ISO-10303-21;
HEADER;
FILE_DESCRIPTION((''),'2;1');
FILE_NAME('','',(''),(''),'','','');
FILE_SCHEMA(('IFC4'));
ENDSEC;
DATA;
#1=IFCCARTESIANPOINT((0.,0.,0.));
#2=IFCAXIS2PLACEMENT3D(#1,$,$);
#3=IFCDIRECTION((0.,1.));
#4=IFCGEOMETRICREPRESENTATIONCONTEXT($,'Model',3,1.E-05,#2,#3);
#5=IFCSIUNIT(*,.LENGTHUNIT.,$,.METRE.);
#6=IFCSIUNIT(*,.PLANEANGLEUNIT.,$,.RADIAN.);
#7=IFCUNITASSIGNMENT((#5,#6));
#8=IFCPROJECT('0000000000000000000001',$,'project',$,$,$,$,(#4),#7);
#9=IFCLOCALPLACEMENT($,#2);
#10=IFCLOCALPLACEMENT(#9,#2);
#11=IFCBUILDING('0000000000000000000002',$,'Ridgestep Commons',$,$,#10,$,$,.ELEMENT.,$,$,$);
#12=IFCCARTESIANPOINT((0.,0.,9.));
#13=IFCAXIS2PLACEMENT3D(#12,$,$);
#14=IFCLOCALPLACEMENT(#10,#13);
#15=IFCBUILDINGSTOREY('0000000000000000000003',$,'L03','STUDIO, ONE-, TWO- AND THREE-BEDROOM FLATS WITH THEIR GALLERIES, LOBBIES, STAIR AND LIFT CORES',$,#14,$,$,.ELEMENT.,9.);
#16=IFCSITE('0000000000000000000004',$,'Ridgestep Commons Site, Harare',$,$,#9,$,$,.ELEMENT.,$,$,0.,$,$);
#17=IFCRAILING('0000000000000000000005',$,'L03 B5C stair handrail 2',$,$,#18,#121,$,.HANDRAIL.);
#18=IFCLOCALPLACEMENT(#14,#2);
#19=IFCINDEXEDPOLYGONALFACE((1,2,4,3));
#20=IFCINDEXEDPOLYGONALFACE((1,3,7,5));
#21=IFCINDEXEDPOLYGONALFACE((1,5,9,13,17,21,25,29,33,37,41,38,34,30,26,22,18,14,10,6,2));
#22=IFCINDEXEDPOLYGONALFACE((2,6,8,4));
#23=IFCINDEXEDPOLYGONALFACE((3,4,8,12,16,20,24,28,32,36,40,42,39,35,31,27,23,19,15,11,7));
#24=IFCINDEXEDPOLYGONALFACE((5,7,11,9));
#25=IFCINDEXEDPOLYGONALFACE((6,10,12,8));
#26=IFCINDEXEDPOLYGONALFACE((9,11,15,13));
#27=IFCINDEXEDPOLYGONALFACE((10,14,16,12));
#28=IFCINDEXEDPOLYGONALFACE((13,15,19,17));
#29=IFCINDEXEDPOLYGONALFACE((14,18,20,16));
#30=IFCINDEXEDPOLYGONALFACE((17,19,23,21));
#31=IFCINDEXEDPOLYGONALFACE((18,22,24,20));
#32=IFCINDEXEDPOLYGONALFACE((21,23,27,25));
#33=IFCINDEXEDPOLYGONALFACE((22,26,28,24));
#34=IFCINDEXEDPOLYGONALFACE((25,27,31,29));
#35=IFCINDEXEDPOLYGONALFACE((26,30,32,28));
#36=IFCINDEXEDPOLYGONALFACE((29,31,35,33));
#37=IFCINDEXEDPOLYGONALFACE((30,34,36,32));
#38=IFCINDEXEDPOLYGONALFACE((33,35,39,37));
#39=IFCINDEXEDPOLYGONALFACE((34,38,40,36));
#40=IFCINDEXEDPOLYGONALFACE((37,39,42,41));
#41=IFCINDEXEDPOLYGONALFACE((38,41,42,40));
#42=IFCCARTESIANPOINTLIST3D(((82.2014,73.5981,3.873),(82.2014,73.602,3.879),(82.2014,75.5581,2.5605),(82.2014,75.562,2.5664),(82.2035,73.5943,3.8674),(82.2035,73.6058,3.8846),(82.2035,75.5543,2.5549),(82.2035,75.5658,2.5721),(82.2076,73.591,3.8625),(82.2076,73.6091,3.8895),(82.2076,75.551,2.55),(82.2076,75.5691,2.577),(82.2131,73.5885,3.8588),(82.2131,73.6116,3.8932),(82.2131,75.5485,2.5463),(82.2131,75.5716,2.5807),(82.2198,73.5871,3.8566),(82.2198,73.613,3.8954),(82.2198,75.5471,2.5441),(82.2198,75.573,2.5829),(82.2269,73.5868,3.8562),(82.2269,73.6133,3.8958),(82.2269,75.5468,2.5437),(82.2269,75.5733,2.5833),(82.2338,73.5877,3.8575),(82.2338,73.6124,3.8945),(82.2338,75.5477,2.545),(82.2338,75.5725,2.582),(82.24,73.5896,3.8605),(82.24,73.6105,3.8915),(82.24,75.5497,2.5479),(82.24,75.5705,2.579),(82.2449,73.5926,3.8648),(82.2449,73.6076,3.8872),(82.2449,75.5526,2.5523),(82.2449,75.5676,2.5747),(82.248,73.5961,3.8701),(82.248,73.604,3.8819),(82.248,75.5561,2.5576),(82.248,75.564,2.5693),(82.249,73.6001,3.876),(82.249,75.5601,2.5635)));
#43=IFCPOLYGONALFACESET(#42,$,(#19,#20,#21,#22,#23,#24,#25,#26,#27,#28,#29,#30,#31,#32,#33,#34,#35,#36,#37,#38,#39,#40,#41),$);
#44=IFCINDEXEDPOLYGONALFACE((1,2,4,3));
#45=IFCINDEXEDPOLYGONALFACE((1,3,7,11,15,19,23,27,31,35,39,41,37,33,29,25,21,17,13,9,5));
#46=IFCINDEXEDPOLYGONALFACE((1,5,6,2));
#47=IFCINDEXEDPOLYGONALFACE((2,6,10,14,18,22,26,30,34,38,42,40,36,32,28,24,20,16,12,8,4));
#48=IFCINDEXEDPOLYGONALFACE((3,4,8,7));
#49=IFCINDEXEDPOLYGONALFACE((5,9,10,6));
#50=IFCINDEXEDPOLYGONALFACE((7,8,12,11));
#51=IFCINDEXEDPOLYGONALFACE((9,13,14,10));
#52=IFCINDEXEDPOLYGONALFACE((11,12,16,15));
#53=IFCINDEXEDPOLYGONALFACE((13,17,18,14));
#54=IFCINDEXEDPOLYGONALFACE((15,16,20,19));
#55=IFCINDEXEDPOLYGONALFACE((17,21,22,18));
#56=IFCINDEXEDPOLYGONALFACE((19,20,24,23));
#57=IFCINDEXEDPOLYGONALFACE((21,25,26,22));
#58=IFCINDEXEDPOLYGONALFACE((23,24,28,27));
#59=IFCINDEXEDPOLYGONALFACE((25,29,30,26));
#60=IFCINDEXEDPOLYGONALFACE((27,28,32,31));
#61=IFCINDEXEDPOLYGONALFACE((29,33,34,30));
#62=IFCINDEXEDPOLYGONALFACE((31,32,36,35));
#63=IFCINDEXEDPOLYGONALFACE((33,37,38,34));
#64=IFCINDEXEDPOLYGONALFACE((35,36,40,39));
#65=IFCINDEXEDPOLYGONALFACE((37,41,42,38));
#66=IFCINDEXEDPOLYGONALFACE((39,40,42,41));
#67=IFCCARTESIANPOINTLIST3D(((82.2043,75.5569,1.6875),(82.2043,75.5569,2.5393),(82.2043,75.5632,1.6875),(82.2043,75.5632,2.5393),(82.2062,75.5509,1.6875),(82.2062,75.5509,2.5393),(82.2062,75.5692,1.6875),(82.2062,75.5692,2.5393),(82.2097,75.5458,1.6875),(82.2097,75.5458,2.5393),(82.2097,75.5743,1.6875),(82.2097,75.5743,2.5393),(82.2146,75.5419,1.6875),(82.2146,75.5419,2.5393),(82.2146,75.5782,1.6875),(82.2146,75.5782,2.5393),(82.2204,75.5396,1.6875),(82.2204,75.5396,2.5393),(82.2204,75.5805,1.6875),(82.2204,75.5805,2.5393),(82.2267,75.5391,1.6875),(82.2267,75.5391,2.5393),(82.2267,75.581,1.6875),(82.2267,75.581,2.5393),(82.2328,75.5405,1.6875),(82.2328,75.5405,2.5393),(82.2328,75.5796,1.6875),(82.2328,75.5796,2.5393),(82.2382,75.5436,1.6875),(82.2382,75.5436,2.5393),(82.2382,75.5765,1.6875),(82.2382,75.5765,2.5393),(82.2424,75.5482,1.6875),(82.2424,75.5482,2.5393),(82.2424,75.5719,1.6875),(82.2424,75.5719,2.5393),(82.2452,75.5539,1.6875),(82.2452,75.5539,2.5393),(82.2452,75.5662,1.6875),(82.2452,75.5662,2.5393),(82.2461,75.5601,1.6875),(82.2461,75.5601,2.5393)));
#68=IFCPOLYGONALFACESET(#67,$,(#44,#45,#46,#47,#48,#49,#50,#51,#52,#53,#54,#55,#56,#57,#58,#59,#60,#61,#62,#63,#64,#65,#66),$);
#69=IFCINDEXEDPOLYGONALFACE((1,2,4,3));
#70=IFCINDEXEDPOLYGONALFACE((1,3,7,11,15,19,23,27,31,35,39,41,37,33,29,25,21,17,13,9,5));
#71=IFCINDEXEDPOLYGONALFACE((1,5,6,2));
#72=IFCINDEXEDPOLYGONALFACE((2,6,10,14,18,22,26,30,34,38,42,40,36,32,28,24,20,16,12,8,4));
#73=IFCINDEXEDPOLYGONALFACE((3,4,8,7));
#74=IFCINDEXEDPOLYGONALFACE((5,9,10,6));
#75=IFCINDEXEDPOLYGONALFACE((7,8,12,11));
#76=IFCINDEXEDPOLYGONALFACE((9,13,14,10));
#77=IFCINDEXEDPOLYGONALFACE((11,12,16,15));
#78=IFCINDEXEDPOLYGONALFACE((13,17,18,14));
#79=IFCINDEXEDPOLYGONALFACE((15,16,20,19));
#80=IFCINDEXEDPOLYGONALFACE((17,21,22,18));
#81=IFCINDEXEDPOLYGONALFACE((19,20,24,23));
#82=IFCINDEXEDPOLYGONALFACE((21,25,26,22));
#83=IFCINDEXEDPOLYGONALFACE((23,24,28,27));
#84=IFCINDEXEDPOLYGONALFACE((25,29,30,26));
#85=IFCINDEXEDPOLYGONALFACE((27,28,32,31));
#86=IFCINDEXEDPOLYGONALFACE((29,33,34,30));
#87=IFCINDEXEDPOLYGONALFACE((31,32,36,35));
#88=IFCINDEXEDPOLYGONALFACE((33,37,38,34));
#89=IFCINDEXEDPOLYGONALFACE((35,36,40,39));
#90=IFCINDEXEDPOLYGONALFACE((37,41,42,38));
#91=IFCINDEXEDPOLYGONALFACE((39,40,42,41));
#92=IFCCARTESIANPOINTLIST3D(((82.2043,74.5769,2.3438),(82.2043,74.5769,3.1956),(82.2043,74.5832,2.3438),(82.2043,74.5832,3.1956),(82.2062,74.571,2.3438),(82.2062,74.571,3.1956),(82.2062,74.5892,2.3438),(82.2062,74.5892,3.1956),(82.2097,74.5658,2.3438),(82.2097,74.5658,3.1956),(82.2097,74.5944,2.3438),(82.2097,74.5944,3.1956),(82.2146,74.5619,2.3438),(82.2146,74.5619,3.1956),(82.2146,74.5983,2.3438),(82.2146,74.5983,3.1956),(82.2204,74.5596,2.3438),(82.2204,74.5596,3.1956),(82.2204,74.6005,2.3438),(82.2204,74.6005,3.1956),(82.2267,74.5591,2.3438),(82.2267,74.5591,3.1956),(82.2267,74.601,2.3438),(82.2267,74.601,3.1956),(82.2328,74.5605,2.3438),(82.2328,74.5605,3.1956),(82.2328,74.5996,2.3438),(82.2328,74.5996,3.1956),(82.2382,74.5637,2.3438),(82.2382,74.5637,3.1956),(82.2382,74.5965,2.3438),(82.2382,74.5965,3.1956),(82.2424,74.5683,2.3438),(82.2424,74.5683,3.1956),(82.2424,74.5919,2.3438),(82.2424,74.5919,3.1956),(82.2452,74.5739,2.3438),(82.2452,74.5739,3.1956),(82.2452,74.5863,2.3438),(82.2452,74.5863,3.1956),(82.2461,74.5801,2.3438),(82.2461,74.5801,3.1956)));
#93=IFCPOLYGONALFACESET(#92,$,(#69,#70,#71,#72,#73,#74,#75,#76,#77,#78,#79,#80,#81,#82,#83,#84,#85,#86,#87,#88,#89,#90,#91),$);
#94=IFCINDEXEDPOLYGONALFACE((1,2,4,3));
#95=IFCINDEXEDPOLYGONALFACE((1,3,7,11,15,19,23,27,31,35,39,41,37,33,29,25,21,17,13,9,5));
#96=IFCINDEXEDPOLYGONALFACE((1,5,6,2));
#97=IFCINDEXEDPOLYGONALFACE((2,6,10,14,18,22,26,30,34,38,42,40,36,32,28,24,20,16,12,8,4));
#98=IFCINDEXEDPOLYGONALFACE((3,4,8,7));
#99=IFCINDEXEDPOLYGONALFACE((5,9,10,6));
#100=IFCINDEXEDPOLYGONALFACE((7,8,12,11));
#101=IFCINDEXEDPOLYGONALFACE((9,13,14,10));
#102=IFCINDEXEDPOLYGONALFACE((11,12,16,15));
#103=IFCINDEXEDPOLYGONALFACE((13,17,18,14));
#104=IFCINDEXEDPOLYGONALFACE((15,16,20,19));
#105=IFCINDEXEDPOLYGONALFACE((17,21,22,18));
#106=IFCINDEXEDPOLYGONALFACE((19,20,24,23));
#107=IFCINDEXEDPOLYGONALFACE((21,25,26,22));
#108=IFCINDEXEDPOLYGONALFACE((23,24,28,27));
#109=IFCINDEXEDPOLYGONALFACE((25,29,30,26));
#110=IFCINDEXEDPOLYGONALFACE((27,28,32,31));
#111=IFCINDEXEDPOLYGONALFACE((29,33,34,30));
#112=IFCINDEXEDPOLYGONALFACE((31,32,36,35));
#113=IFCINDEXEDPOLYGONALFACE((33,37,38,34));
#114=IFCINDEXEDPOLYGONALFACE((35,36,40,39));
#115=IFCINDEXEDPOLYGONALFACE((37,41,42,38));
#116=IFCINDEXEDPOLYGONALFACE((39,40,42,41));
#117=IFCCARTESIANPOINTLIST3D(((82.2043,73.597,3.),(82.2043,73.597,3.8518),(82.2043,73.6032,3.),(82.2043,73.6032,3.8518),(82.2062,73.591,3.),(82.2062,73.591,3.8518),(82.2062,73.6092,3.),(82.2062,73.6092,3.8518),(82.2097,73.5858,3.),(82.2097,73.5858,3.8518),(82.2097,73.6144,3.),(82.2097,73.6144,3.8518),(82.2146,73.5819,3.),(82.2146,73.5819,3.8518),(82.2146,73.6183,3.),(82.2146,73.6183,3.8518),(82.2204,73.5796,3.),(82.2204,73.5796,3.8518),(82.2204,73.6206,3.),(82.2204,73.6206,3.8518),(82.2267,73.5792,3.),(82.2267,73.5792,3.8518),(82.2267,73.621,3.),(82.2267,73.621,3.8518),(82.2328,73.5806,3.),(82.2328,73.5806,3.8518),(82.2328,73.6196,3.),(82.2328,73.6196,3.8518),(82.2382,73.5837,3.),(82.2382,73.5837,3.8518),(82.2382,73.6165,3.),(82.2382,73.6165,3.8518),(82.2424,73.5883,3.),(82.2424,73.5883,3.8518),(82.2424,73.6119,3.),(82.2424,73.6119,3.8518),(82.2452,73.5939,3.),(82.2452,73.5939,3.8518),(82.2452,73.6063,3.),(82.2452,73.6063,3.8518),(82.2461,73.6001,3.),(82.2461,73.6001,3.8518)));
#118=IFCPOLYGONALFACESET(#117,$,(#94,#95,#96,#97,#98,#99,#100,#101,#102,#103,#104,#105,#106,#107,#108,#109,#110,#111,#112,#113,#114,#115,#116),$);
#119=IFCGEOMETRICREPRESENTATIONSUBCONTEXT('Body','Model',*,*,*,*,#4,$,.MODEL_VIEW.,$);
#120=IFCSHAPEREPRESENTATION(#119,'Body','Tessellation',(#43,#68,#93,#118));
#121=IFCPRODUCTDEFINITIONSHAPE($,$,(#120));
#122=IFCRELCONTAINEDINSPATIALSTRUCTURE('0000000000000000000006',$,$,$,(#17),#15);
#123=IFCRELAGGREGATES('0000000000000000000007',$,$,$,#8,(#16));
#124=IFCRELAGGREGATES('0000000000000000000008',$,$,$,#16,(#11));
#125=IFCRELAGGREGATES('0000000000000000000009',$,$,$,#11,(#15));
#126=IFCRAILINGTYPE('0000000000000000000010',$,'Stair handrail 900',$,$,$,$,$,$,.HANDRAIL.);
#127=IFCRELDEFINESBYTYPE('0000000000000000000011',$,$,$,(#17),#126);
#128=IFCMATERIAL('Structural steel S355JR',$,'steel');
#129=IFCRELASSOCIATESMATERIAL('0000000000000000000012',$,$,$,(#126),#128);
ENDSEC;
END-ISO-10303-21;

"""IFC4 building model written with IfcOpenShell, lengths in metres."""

from ifc_helpers import new_model, si_unit, direction, frame, origin, origin_2d, place, context, subcontext, project, spatial, circle, extrude, material, type_object, element, save


model = new_model("IFC4")

# Units and contexts
model_context = context("Model", 3, precision=1e-05, world=origin(), true_north=direction((0.0, 1.0)))
body_context = subcontext(model_context, "Body", "Model", "MODEL_VIEW")
ifc_project = project(units=[si_unit("LENGTHUNIT", "METRE"), si_unit("PLANEANGLEUNIT", "RADIAN")], contexts=[model_context])

# Site, building, storey
site_placement = place(None, origin())
site = spatial("IfcSite", under=ifc_project, at=site_placement, Name="Ridgestep Commons Site, Harare", CompositionType="ELEMENT", RefElevation=0.0)
building_placement = place(site_placement, origin())
building = spatial("IfcBuilding", under=site, at=building_placement, Name="Ridgestep Commons", CompositionType="ELEMENT")
storey_placement = place(building_placement, frame((0.0, 0.0, 9.0)))
storey = spatial("IfcBuildingStorey", under=building, at=storey_placement, Name="L03", Description="STUDIO, ONE-, TWO- AND THREE-BEDROOM FLATS WITH THEIR GALLERIES, LOBBIES, STAIR AND LIFT CORES", CompositionType="ELEMENT", Elevation=9.0)

# Railing
ifc_material_1 = material(Name="Structural steel S355JR", Category="steel")
railing_type_1 = type_object("IfcRailingType", Name="Stair handrail 900", PredefinedType="HANDRAIL", material=ifc_material_1)
railing_1_placement = place(storey_placement, frame((82.2251, 75.5601, 1.6875)))
element("IfcRailing", 1, at=railing_1_placement, inside=storey, type_object=railing_type_1, Name="L03 B5C stair handrail 2", PredefinedType="HANDRAIL", context=body_context, shape_type="SweptSolid", body=[
    extrude(circle(Radius=0.0239, at=origin_2d()), frame((0.0, 0.0, 0.876), z_axis=(0.0, -0.830902, 0.556419), x_axis=(1.0, 0.0, 0.0)), (0.0, 0.0, 1.0), 2.3589),
    extrude(circle(Radius=0.021, at=origin_2d()), origin(), (0.0, 0.0, 1.0), 0.8518),
    extrude(circle(Radius=0.021, at=origin_2d()), frame((0.0, -0.98, 0.6562)), (0.0, 0.0, 1.0), 0.8518),
    extrude(circle(Radius=0.021, at=origin_2d()), frame((0.0, -1.96, 1.3125)), (0.0, 0.0, 1.0), 0.8518),
])

save(model, "model.ifc")
